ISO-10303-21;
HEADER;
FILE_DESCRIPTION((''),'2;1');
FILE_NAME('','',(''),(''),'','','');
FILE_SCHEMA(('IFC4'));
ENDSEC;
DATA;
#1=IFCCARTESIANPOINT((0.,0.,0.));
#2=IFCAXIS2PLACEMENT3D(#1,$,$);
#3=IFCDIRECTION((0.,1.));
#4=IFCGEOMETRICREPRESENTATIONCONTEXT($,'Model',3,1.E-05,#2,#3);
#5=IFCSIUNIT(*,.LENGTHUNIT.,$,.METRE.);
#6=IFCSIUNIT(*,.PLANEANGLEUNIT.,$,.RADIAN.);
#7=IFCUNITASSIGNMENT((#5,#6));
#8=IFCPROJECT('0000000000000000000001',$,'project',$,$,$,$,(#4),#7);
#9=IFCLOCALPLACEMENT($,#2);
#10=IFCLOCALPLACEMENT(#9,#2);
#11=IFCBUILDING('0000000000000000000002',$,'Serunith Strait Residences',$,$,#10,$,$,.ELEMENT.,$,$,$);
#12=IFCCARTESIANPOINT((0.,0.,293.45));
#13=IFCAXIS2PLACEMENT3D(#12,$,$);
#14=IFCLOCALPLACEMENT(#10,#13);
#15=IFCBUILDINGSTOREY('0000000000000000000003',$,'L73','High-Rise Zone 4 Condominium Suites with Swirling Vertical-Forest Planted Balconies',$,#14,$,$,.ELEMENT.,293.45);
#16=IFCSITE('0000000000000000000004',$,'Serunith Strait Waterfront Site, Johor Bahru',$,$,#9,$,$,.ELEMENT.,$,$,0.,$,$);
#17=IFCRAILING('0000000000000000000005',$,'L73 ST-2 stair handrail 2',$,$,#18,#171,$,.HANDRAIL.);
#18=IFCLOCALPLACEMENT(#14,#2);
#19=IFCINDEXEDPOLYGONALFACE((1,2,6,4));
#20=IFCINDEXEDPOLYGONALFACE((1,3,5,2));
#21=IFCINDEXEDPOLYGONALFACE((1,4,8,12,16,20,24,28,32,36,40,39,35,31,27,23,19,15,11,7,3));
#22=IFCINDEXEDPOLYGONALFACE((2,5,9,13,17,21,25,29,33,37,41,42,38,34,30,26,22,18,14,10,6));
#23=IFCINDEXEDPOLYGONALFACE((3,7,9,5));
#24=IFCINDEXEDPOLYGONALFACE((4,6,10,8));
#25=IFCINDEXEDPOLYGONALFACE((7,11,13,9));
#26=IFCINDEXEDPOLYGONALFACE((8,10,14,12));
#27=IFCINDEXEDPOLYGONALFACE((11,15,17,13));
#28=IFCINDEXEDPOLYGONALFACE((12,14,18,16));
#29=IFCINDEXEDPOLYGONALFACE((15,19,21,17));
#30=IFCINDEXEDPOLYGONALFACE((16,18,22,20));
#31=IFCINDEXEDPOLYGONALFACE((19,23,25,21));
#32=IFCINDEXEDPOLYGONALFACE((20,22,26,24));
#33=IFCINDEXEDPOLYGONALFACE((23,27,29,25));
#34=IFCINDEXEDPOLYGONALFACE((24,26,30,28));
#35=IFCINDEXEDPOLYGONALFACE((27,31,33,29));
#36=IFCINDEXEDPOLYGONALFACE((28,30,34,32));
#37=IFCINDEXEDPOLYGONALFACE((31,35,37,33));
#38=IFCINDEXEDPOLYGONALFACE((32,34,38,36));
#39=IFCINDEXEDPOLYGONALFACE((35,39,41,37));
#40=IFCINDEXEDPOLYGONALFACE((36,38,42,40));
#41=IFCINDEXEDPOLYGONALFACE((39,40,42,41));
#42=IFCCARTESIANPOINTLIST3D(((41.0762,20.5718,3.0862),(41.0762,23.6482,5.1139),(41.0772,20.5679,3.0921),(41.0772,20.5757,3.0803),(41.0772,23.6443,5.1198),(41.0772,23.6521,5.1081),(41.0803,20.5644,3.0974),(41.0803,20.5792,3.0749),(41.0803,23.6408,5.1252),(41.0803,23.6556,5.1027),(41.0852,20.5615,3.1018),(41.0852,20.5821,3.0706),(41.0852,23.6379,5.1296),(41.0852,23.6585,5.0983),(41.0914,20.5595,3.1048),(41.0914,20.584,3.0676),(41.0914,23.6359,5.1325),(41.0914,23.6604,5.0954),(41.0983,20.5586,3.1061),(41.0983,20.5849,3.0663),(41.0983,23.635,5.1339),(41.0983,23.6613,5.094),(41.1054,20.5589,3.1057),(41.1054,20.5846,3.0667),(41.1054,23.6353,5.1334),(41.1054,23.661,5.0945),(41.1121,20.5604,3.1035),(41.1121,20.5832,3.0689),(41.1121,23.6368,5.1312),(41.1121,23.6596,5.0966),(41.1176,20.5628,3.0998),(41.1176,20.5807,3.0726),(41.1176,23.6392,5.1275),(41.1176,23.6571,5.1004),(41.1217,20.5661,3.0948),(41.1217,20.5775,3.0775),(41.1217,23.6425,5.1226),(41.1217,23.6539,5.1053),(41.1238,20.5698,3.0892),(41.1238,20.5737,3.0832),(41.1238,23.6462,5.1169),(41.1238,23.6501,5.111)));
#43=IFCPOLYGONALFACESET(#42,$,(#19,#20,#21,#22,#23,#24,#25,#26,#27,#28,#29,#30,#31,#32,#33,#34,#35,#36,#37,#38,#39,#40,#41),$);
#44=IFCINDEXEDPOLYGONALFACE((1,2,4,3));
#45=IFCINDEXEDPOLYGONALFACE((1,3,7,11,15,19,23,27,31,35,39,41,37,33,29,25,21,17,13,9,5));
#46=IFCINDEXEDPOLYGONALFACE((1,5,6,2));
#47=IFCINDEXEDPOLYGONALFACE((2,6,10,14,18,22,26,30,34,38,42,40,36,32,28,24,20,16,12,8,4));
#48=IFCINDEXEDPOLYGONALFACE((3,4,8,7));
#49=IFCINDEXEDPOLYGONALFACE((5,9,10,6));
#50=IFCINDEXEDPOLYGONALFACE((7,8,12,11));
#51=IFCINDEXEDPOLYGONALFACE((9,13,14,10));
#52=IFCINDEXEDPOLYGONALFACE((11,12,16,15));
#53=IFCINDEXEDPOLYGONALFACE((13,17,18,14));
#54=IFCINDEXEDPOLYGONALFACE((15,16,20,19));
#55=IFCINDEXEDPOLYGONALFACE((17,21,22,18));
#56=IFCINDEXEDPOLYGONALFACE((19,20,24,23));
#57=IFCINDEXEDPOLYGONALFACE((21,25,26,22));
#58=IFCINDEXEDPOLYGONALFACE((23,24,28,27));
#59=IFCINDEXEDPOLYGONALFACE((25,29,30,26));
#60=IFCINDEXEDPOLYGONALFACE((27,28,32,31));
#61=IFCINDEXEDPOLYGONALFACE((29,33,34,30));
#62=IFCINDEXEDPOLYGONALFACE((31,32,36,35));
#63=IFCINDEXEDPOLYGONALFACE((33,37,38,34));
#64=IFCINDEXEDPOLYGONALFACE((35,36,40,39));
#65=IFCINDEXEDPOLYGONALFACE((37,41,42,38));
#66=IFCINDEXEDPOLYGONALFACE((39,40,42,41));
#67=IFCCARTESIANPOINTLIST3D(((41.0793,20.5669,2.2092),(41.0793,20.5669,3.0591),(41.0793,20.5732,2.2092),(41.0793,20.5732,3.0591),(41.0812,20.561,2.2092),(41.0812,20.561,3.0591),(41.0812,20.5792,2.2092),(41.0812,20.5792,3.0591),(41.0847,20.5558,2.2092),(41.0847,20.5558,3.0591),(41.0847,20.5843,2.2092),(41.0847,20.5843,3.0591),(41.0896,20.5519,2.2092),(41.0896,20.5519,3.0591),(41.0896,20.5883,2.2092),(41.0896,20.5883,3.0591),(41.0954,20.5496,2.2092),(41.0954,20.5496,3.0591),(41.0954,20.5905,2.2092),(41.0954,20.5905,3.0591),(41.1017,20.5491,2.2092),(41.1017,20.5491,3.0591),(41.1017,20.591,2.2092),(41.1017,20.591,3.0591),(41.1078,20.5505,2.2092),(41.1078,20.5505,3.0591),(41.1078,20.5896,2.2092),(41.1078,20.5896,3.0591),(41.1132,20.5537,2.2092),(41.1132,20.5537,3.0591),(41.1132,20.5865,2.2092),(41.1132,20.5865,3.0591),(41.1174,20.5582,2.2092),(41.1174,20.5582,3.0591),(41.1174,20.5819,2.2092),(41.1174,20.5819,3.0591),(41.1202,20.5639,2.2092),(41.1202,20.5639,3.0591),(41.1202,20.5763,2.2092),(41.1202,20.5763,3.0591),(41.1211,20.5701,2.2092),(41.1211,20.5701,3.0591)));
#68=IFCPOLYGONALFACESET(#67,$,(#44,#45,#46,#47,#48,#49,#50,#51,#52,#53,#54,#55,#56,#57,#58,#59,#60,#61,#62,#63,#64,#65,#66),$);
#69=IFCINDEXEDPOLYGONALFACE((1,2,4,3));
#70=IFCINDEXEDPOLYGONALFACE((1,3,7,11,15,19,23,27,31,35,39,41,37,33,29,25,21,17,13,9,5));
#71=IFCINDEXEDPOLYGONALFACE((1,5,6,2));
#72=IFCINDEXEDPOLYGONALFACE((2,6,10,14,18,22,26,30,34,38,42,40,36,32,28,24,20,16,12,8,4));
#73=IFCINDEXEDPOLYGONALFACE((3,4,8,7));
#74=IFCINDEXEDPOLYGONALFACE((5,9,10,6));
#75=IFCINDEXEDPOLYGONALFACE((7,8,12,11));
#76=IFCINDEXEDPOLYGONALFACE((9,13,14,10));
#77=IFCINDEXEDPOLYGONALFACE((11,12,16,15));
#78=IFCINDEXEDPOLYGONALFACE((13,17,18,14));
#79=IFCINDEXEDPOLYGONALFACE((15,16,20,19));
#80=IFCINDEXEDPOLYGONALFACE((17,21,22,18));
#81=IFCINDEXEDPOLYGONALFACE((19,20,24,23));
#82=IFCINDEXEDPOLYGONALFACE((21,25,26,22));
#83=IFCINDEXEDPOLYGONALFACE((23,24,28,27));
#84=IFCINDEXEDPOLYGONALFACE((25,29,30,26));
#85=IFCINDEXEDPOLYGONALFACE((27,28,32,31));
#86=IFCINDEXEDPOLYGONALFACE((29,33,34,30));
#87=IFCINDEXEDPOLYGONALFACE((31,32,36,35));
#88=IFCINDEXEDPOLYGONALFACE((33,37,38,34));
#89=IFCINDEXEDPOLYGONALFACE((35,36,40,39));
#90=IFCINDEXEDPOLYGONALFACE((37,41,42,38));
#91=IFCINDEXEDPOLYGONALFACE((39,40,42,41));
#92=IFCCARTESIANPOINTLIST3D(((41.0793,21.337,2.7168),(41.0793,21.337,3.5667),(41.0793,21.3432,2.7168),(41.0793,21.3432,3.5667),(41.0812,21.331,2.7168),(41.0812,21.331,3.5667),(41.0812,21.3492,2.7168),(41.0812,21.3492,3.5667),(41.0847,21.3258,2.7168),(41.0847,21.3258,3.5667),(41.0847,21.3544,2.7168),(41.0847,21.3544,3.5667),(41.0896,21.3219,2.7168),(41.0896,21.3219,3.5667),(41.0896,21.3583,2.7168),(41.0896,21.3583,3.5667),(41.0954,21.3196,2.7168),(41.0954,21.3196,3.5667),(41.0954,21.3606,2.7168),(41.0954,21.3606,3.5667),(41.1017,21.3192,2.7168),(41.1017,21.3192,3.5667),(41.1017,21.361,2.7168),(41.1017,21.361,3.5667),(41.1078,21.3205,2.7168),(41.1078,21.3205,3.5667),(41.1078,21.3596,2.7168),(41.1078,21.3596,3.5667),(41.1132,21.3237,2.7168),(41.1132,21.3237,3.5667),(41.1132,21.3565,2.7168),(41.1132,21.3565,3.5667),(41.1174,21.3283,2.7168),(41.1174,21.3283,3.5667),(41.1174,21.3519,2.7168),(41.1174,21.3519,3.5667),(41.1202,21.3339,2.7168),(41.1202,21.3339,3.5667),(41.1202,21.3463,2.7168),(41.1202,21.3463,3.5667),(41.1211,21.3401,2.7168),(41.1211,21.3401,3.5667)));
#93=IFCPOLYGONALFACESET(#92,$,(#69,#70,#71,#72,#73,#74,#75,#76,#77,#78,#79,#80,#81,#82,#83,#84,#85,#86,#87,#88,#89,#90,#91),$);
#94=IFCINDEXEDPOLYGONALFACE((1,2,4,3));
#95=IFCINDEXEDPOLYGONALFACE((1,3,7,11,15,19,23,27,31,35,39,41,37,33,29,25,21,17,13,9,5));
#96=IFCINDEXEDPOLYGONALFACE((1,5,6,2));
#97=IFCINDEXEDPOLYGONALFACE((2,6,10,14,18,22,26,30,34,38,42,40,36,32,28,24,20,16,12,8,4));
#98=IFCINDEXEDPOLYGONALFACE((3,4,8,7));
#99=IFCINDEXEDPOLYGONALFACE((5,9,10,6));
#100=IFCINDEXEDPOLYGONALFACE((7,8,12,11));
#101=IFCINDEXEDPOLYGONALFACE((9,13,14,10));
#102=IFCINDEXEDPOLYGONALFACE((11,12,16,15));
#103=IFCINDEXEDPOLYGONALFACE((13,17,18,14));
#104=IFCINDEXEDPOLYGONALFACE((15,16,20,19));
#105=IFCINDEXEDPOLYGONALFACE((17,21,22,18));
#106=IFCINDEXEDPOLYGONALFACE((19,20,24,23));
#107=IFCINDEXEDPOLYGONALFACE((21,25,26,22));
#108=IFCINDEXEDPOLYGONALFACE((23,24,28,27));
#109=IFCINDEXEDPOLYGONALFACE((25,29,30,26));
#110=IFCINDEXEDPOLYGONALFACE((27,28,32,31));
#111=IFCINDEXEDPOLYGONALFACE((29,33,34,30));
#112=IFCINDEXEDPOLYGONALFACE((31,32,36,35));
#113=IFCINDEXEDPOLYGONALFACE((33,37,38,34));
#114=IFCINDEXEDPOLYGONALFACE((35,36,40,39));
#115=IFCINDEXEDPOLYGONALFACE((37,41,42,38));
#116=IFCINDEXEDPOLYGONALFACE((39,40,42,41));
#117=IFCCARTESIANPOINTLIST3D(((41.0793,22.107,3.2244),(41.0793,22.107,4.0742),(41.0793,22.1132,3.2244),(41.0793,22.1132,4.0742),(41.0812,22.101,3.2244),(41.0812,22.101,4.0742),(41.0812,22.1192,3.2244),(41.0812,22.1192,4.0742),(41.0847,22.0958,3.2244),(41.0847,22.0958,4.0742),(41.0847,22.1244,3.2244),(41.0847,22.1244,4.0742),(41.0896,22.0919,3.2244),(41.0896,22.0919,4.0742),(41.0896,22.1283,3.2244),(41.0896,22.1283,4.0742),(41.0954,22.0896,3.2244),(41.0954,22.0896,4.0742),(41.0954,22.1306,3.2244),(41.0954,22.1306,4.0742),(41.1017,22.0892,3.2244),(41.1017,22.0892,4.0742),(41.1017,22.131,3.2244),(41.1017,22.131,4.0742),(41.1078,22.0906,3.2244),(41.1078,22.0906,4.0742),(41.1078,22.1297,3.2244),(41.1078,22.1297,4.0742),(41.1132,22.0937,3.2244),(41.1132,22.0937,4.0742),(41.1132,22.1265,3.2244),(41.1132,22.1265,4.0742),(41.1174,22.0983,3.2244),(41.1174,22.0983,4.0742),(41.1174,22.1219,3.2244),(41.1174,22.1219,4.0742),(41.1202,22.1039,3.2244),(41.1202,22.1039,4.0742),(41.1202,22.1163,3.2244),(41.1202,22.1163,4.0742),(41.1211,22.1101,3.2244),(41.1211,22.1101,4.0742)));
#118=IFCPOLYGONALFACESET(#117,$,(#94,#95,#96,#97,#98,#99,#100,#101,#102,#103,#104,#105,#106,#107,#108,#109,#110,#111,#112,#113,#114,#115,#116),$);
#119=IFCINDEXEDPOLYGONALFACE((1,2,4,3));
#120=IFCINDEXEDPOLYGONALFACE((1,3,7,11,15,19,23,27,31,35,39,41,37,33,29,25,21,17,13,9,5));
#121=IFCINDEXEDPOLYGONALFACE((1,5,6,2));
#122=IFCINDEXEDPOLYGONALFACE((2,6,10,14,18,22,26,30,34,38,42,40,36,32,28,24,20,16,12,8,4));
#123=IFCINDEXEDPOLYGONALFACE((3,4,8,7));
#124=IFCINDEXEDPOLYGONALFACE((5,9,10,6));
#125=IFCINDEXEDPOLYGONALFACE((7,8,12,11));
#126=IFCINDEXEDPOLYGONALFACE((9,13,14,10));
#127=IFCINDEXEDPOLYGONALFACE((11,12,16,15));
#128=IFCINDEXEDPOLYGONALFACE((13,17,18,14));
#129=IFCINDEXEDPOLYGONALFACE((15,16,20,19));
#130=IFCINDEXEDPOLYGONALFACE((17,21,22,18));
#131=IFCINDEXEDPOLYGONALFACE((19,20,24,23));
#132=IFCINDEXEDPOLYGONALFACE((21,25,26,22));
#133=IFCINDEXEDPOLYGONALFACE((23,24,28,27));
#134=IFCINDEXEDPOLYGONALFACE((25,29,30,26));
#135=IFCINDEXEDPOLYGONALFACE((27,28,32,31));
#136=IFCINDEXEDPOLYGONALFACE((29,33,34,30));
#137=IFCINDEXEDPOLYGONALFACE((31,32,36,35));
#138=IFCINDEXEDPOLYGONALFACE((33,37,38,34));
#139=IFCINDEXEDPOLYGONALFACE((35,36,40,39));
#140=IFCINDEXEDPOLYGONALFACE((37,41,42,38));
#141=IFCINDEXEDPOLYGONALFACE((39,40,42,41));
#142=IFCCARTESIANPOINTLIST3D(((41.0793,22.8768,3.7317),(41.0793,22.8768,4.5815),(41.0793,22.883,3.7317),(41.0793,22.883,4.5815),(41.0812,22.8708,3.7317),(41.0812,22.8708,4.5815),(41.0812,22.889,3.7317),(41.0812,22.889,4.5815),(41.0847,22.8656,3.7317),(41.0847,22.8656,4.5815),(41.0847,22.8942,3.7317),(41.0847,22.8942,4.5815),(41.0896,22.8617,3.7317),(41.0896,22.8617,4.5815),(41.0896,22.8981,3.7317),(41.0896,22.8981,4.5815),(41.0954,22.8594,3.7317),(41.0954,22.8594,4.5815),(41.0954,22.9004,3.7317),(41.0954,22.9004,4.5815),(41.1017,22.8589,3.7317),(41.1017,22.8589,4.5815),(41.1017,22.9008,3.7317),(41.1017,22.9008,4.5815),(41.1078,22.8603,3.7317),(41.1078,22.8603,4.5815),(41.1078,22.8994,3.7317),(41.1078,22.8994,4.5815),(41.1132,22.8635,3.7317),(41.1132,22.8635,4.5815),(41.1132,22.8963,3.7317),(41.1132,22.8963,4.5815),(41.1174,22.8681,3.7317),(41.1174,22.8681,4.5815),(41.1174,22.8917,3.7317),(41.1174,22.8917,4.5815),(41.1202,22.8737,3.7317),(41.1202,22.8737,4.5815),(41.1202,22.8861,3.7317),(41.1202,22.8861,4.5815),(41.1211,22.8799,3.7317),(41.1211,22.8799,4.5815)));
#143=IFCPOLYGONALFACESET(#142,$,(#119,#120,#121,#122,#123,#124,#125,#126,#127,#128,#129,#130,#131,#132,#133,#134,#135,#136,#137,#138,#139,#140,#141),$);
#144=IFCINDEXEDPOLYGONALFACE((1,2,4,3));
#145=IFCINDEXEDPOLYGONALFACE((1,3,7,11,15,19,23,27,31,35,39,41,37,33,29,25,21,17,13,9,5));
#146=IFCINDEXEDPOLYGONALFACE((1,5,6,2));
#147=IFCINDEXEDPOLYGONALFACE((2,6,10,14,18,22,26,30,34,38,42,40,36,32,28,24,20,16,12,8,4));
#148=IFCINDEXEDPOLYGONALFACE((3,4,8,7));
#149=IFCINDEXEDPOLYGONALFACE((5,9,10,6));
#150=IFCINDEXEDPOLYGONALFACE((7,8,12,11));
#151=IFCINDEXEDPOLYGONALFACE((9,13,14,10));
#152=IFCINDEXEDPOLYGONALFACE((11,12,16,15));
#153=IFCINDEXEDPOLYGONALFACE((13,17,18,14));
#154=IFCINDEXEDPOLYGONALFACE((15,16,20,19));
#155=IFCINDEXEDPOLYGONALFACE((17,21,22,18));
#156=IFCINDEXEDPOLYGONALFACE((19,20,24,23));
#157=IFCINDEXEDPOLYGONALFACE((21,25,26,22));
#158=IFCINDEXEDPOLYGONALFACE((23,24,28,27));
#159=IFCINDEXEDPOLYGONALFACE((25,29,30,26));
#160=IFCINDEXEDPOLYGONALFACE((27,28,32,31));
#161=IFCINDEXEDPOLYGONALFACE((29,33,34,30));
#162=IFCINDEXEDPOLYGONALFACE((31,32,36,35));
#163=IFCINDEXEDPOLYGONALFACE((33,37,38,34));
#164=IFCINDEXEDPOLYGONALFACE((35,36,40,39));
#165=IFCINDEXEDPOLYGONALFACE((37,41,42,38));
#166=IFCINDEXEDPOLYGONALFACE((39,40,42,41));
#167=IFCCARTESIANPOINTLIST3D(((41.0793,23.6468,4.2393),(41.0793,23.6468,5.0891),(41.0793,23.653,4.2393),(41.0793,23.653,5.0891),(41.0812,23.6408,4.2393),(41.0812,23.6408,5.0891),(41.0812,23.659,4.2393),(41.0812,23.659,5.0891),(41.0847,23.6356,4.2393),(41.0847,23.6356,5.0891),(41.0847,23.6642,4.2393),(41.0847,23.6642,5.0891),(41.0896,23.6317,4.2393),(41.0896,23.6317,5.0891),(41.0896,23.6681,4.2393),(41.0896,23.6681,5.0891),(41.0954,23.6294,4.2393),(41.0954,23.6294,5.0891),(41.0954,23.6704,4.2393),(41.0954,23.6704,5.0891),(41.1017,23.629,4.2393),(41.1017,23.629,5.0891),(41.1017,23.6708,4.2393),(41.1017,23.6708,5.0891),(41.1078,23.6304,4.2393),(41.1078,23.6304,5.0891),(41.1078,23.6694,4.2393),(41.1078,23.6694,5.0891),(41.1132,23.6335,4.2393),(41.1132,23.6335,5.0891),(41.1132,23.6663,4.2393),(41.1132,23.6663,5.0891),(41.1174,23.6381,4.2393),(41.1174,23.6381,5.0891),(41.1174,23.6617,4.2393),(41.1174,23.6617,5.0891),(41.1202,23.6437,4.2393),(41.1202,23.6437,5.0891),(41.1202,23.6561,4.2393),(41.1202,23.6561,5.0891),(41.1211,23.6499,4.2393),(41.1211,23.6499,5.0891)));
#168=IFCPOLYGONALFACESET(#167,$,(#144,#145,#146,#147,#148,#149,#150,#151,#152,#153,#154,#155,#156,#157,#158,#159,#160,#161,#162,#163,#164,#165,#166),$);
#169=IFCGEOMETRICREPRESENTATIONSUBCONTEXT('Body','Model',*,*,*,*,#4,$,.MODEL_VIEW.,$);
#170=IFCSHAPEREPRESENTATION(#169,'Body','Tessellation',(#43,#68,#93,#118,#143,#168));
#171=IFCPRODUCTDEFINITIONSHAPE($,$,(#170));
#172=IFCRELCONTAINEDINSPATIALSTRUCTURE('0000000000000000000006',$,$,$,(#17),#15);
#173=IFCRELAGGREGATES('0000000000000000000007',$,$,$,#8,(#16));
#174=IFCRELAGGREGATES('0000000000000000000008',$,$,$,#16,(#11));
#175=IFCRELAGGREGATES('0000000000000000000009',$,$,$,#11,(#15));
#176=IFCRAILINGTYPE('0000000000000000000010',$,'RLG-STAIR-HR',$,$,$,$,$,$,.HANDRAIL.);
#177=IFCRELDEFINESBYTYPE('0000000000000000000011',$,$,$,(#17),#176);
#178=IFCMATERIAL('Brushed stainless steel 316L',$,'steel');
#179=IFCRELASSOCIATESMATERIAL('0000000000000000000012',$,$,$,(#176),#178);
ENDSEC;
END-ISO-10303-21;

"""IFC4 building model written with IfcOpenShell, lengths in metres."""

from ifc_helpers import new_model, si_unit, direction, frame, origin, origin_2d, place, context, subcontext, project, spatial, circle, extrude, material, type_object, element, save


model = new_model("IFC4")

# Units and contexts
model_context = context("Model", 3, precision=1e-05, world=origin(), true_north=direction((0.0, 1.0)))
body_context = subcontext(model_context, "Body", "Model", "MODEL_VIEW")
ifc_project = project(units=[si_unit("LENGTHUNIT", "METRE"), si_unit("PLANEANGLEUNIT", "RADIAN")], contexts=[model_context])

# Site, building, storey
site_placement = place(None, origin())
site = spatial("IfcSite", under=ifc_project, at=site_placement, Name="Serunith Strait Waterfront Site, Johor Bahru", CompositionType="ELEMENT", RefElevation=0.0)
building_placement = place(site_placement, origin())
building = spatial("IfcBuilding", under=site, at=building_placement, Name="Serunith Strait Residences", CompositionType="ELEMENT")
storey_placement = place(building_placement, frame((0.0, 0.0, 293.45)))
storey = spatial("IfcBuildingStorey", under=building, at=storey_placement, Name="L73", Description="High-Rise Zone 4 Condominium Suites with Swirling Vertical-Forest Planted Balconies", CompositionType="ELEMENT", Elevation=293.45)

# Railing
ifc_material_1 = material(Name="Brushed stainless steel 316L", Category="steel")
railing_type_1 = type_object("IfcRailingType", Name="RLG-STAIR-HR", PredefinedType="HANDRAIL", material=ifc_material_1)
railing_1_placement = place(storey_placement, frame((41.1001, 20.5701, 2.2092)))
element("IfcRailing", 1, at=railing_1_placement, inside=storey, type_object=railing_type_1, Name="L73 ST-2 stair handrail 2", PredefinedType="HANDRAIL", context=body_context, shape_type="SweptSolid", body=[
    extrude(circle(Radius=0.0239, at=origin_2d()), frame((0.0, 0.0017, 0.877), z_axis=(0.0, 0.834941, 0.55034), x_axis=(-1.0, 0.0, 0.0)), (0.0, 0.0, 1.0), 3.6846),
    extrude(circle(Radius=0.021, at=origin_2d()), origin(), (0.0, 0.0, 1.0), 0.8499),
    extrude(circle(Radius=0.021, at=origin_2d()), frame((0.0, 0.77, 0.5076)), (0.0, 0.0, 1.0), 0.8499),
    extrude(circle(Radius=0.021, at=origin_2d()), frame((0.0, 1.54, 1.0151)), (0.0, 0.0, 1.0), 0.8499),
    extrude(circle(Radius=0.021, at=origin_2d()), frame((0.0, 2.3098, 1.5225)), (0.0, 0.0, 1.0), 0.8499),
    extrude(circle(Radius=0.021, at=origin_2d()), frame((0.0, 3.0798, 2.03)), (0.0, 0.0, 1.0), 0.8499),
])

save(model, "model.ifc")
